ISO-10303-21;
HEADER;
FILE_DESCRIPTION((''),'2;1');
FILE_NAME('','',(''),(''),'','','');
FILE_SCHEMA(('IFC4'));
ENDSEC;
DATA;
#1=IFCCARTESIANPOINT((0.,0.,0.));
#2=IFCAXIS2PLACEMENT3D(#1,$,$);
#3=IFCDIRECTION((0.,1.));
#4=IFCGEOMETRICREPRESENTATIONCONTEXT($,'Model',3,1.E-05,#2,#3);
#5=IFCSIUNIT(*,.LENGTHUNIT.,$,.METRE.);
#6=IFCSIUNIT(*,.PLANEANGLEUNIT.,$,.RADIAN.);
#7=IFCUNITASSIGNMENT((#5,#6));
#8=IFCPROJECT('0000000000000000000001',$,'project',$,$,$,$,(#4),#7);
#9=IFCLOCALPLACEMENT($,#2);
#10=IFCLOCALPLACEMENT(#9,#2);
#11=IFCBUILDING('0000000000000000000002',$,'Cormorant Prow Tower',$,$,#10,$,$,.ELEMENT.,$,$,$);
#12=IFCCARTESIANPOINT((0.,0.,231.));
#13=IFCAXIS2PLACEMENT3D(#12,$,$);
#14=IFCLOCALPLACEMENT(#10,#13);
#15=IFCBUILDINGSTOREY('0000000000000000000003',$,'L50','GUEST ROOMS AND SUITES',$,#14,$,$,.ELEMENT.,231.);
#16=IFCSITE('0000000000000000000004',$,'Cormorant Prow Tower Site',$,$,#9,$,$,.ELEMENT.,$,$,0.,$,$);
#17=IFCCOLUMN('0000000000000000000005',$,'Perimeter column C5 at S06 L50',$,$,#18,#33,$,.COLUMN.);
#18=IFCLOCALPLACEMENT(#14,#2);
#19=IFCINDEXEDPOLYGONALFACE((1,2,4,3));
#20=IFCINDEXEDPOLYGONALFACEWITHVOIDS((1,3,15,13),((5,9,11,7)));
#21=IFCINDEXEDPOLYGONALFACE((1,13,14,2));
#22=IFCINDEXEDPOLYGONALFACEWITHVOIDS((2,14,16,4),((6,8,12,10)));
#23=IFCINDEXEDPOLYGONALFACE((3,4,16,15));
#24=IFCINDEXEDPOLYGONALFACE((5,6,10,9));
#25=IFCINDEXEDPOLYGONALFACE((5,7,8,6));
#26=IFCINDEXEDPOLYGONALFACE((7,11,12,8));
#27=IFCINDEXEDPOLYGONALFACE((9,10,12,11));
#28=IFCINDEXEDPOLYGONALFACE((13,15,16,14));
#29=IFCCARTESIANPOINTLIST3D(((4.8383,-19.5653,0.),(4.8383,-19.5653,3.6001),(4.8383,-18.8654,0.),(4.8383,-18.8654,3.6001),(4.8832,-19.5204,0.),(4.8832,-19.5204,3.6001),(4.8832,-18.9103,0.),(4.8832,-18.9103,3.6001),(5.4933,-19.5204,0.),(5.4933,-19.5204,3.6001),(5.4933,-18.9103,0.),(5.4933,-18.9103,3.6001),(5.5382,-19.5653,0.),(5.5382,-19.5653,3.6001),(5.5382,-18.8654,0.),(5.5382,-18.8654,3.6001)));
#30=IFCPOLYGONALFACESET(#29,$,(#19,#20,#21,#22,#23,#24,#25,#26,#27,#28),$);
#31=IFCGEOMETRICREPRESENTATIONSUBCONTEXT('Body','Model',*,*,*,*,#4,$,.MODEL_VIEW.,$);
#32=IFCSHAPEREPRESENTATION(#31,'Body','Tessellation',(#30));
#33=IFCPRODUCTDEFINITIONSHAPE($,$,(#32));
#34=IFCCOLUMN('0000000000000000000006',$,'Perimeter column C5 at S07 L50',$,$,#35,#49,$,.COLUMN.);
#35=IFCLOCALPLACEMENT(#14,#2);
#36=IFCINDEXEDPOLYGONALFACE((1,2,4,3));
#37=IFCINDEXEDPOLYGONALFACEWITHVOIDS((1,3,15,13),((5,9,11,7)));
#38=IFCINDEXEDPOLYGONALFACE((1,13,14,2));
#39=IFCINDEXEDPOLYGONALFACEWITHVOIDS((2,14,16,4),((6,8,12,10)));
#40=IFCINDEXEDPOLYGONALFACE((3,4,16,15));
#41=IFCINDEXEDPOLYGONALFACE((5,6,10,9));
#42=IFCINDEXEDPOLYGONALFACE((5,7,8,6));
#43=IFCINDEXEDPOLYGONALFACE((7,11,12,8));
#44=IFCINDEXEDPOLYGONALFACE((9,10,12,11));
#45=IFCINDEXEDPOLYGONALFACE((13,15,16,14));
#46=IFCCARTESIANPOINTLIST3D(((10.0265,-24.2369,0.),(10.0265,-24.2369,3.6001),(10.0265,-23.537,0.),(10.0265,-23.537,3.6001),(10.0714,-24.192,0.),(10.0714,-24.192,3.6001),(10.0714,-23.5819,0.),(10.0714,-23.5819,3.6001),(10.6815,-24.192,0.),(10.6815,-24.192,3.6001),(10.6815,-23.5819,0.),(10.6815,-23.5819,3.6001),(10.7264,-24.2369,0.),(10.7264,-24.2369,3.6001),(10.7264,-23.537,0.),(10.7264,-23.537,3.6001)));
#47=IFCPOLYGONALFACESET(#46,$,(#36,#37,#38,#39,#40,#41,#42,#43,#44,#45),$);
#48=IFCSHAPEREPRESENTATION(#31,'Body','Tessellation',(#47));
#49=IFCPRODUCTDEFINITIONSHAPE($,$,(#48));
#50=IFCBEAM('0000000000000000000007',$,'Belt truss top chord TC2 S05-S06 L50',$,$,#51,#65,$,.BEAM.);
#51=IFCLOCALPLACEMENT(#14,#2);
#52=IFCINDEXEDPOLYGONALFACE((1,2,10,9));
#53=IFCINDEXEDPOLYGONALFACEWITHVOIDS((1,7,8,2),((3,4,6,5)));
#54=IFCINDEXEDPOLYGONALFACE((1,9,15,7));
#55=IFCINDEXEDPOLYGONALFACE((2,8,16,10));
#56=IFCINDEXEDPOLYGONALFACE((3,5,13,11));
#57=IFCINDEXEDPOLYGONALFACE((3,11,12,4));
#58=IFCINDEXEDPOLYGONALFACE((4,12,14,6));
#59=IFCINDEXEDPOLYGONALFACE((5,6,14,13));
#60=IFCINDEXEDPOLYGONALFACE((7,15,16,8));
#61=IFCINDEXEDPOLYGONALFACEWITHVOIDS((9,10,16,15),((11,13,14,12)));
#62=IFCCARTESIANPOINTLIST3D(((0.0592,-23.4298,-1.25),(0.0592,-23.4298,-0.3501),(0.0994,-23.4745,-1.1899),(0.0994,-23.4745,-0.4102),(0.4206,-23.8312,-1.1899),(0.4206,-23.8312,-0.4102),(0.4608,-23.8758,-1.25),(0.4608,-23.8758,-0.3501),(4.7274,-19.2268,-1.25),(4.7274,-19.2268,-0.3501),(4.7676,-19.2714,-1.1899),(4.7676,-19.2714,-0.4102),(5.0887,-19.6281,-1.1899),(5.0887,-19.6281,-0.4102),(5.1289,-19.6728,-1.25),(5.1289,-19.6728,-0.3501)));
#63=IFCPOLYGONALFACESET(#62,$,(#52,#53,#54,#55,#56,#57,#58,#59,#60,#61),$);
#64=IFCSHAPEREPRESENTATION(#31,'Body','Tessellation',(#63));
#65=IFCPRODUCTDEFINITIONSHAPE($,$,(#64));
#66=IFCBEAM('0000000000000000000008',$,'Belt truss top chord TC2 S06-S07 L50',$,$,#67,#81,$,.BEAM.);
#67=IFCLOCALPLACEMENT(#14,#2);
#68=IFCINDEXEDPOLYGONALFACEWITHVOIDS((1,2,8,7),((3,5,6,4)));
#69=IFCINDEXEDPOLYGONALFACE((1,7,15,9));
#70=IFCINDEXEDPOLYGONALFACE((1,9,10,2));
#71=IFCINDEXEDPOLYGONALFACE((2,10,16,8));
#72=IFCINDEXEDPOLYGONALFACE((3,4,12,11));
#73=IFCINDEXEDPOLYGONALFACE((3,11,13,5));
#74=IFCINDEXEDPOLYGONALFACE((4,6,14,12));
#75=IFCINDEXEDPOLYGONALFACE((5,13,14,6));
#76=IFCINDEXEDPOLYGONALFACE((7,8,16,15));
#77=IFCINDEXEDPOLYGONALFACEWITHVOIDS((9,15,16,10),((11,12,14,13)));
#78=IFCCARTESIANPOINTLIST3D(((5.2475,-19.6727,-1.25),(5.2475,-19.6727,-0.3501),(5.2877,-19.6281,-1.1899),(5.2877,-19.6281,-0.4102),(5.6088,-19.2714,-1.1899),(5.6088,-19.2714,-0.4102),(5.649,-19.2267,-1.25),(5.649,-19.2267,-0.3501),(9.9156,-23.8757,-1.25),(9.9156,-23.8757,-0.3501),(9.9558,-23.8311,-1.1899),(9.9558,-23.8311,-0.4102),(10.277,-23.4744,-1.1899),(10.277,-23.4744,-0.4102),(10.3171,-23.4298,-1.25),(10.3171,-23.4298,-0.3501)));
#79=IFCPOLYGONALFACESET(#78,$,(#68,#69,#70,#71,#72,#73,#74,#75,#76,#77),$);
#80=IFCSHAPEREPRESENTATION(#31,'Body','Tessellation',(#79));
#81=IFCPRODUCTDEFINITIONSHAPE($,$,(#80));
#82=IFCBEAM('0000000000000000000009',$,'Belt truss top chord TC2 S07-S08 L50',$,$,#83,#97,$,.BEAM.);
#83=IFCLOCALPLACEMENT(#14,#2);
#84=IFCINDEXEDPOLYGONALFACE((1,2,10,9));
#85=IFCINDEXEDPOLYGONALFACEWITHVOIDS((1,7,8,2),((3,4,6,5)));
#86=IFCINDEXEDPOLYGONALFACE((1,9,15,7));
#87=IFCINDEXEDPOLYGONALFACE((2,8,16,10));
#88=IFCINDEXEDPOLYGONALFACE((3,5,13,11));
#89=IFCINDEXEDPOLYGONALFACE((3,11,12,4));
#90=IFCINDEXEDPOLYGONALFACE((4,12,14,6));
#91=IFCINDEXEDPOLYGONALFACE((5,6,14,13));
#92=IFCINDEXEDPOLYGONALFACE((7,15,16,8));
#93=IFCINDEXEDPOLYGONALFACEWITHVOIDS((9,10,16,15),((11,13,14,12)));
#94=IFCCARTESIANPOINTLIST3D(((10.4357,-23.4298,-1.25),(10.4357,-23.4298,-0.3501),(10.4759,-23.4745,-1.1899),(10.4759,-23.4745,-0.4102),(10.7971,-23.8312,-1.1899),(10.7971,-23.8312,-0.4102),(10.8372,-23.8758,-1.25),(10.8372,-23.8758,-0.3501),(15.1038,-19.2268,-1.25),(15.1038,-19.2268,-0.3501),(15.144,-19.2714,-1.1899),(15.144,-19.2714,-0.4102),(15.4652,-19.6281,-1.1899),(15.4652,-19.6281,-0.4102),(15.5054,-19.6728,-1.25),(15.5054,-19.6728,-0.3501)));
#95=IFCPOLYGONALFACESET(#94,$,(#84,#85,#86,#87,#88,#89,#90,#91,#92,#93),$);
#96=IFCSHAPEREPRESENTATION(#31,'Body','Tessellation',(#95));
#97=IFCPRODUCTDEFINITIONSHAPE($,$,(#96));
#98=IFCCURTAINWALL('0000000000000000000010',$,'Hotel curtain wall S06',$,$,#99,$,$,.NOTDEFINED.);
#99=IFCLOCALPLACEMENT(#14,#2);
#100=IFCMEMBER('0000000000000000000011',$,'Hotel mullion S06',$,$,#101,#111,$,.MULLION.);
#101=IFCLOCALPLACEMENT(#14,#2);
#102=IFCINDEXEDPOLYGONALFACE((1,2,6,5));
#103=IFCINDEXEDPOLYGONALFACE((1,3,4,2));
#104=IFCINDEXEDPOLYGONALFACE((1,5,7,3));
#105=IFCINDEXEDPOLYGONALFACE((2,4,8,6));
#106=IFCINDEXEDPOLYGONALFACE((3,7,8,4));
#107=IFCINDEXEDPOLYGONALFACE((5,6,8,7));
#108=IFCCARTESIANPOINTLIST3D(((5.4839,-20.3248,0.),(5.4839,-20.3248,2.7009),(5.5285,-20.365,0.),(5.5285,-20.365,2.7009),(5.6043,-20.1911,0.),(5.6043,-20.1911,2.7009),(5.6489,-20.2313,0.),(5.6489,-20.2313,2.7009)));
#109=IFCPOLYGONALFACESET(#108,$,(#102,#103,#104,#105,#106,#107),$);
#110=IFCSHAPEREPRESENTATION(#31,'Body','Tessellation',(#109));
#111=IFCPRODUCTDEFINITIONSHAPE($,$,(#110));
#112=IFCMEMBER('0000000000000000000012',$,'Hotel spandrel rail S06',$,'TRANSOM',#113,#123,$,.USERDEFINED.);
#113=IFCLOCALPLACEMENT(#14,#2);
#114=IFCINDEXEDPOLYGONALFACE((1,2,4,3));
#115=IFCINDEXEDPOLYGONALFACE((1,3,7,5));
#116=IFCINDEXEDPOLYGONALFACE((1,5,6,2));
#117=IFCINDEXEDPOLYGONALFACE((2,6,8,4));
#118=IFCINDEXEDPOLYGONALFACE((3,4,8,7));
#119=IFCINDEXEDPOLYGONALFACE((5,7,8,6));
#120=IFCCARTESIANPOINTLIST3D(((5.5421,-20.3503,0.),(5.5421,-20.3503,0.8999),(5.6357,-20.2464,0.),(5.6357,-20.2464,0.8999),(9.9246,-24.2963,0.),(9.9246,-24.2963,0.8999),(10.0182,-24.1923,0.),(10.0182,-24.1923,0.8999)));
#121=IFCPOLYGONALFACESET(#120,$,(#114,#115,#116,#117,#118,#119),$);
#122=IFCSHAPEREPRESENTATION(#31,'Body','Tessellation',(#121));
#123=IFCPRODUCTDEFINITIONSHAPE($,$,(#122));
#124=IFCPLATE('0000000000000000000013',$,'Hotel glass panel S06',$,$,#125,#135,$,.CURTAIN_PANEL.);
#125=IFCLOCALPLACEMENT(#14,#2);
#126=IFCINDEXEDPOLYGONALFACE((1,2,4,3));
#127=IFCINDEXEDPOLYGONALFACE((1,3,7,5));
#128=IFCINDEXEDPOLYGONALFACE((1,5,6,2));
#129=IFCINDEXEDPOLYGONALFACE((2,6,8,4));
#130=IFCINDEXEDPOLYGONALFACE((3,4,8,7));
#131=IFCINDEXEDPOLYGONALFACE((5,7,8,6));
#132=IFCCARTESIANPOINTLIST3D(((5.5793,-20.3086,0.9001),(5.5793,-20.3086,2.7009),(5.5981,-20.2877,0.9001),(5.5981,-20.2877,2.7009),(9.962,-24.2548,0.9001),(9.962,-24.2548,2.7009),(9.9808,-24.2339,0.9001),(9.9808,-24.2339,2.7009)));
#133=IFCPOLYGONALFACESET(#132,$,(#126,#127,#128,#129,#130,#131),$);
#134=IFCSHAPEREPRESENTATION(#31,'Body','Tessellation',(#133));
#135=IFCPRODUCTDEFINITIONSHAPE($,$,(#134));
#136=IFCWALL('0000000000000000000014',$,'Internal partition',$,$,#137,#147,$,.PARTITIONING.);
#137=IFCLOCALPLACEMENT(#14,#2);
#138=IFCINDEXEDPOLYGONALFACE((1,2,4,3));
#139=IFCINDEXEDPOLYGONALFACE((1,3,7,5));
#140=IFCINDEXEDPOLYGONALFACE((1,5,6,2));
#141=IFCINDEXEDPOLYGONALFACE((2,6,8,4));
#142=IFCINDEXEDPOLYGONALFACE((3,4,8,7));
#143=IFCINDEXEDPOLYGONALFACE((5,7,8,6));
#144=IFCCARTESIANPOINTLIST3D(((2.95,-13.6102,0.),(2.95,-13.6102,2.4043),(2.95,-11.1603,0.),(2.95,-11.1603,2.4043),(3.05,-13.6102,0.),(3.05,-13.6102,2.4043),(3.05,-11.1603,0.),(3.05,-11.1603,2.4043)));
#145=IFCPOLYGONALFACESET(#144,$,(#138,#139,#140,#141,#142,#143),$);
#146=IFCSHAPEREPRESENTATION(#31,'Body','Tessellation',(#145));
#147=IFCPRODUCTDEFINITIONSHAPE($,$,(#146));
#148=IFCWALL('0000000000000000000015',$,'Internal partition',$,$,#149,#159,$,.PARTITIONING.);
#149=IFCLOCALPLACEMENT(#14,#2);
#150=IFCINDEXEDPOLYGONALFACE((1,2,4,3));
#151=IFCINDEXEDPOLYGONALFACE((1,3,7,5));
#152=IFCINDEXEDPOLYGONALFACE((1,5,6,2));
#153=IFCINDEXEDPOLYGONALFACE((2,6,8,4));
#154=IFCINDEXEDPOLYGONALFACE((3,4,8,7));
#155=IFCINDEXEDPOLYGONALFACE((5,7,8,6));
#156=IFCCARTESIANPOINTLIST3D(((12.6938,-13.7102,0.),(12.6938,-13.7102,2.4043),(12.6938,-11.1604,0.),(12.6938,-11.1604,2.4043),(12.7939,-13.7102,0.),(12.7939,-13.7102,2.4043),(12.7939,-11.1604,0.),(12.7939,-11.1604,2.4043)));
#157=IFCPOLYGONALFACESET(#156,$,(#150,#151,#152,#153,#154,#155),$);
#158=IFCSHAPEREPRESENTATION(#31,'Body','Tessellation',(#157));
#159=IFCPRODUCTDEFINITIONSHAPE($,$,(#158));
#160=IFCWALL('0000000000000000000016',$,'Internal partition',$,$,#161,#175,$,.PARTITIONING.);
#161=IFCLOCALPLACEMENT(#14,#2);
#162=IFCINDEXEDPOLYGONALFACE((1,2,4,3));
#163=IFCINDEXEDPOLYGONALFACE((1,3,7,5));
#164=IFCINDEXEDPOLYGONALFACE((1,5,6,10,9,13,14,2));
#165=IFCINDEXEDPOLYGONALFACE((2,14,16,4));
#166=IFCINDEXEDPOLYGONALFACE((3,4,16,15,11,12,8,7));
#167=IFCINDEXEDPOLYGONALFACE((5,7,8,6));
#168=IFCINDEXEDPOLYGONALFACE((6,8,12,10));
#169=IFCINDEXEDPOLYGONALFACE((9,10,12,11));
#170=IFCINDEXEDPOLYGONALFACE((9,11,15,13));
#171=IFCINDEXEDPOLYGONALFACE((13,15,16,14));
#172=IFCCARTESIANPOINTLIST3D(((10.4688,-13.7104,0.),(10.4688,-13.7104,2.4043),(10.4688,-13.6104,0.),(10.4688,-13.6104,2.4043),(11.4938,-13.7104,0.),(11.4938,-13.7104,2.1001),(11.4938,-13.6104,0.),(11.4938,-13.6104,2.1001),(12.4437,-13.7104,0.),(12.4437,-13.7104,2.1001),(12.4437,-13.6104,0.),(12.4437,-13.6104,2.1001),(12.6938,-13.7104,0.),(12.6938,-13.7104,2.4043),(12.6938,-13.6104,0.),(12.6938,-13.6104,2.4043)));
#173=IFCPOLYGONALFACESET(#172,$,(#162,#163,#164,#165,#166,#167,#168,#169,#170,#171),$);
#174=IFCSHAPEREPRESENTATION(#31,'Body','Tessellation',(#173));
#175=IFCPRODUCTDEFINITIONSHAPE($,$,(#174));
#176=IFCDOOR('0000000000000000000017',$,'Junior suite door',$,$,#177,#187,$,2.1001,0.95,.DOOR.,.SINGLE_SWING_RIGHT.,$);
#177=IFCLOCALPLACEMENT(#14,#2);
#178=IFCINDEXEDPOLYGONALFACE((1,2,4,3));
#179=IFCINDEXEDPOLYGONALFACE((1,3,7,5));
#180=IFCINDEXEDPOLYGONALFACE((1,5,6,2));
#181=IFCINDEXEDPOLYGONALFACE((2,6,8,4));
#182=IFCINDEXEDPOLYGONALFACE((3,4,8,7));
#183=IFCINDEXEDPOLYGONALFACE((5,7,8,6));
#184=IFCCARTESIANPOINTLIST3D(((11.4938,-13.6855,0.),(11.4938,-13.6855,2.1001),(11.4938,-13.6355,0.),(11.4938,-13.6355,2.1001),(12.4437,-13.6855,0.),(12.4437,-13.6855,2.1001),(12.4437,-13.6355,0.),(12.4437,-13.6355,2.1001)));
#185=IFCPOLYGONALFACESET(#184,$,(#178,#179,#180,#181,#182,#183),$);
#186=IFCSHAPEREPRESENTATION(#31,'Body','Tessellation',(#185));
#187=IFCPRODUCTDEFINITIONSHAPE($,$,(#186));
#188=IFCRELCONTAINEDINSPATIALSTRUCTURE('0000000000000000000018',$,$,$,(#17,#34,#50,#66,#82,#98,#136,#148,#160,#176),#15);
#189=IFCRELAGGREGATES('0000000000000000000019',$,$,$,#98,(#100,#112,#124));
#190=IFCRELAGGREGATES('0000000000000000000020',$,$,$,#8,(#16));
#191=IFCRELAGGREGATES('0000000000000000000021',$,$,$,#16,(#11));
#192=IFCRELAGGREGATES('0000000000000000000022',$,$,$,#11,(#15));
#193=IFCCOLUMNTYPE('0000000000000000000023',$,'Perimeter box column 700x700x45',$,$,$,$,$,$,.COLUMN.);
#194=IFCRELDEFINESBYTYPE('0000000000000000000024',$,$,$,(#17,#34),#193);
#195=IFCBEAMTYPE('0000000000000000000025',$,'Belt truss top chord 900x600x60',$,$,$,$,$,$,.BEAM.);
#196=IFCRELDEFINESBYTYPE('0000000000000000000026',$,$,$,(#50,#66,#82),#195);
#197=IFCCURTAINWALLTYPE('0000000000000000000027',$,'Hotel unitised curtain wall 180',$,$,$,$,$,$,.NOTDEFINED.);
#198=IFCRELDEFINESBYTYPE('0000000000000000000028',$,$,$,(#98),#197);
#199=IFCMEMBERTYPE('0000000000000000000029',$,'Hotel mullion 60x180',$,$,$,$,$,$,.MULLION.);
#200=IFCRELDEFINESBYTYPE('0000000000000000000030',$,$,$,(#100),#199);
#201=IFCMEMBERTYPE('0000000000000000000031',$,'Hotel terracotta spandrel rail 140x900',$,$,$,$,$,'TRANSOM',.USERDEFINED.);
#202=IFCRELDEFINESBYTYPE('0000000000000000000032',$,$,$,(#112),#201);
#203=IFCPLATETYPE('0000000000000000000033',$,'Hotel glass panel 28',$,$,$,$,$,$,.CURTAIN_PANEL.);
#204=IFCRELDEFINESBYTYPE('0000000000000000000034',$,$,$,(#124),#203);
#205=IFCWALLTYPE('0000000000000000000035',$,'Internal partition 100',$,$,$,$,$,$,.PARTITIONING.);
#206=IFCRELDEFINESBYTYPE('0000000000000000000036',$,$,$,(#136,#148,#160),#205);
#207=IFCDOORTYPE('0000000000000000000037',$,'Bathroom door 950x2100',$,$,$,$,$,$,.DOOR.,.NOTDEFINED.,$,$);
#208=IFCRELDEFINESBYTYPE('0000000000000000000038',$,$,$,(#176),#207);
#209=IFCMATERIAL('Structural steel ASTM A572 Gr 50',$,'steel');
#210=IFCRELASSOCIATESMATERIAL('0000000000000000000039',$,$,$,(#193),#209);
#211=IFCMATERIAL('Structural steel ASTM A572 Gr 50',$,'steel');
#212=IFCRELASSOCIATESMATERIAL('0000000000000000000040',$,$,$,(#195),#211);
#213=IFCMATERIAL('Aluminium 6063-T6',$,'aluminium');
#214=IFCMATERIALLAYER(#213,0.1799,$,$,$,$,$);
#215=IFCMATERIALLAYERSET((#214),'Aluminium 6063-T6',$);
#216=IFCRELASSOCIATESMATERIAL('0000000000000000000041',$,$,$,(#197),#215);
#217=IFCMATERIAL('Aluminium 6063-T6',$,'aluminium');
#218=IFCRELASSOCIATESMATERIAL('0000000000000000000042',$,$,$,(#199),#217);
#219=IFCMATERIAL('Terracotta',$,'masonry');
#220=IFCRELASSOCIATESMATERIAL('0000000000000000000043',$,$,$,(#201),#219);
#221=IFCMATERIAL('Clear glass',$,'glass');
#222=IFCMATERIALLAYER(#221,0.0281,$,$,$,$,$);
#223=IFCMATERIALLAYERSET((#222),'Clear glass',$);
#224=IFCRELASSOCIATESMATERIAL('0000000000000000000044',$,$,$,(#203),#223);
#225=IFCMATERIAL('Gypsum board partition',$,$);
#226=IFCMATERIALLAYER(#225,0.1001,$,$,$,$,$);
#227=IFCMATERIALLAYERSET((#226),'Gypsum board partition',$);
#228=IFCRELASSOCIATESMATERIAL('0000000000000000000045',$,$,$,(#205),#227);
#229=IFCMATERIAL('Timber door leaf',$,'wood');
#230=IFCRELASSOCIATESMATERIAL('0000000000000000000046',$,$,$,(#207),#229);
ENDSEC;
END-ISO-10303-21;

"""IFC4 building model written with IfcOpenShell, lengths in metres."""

from ifc_helpers import new_model, si_unit, direction, frame, frame_2d, origin, origin_2d, place, context, subcontext, project, spatial, rectangle, hollow_rectangle, extrude, material, layer, layer_set, material_profile, profile_set, type_object, element, fill, aggregate, save


model = new_model("IFC4")

# Units and contexts
model_context = context("Model", 3, precision=1e-05, world=origin(), true_north=direction((0.0, 1.0)))
body_context = subcontext(model_context, "Body", "Model", "MODEL_VIEW")
ifc_project = project(units=[si_unit("LENGTHUNIT", "METRE"), si_unit("PLANEANGLEUNIT", "RADIAN")], contexts=[model_context])

# Site, building, storey
site_placement = place(None, origin())
site = spatial("IfcSite", under=ifc_project, at=site_placement, Name="Cormorant Prow Tower Site", CompositionType="ELEMENT", RefElevation=0.0)
building_placement = place(site_placement, origin())
building = spatial("IfcBuilding", under=site, at=building_placement, Name="Cormorant Prow Tower", CompositionType="ELEMENT")
storey_placement = place(building_placement, frame((0.0, 0.0, 231.0)))
storey = spatial("IfcBuildingStorey", under=building, at=storey_placement, Name="L50", Description="GUEST ROOMS AND SUITES", CompositionType="ELEMENT", Elevation=231.0)

# Columns
ifc_material_1 = material(Name="Structural steel ASTM A572 Gr 50", Category="steel")
ifc_material_profile_1 = material_profile(ifc_material_1, hollow_rectangle(XDim=0.7, YDim=0.7, WallThickness=0.0449, at=origin_2d()), Name="Box 700x700x45")
ifc_profile_set_1 = profile_set([ifc_material_profile_1], Name="Structural steel ASTM A572 Gr 50")
column_type = type_object("IfcColumnType", Name="Perimeter box column 700x700x45", PredefinedType="COLUMN", material=ifc_profile_set_1)
for number, where, z_axis, x_axis, name in (
    (1, (5.1882, -19.2153, 0.0), (0.0, 0.0, 1.0), (1.0, 0.0, 0.0), "Perimeter column C5 at S06 L50"),
    (2, (10.3765, -23.887, 0.0), (0.0, 0.0, 1.0), (1.0, 0.0, 0.0), "Perimeter column C5 at S07 L50"),
):
    element("IfcColumn", number, at=place(storey_placement, frame(where, z_axis=z_axis, x_axis=x_axis)), inside=storey, type_object=column_type, Name=name, PredefinedType="COLUMN", context=body_context, shape_type="SweptSolid", body=[
        extrude(hollow_rectangle(XDim=0.7, YDim=0.7, WallThickness=0.0449, at=origin_2d()), origin(), (0.0, 0.0, 1.0), 3.6001),
    ])

# Beams
ifc_material_2 = material(Name="Structural steel ASTM A572 Gr 50", Category="steel")
ifc_material_profile_2 = material_profile(ifc_material_2, hollow_rectangle(XDim=0.6001, YDim=0.8999, WallThickness=0.0601, at=origin_2d()), Name="Box 900x600x60")
ifc_profile_set_2 = profile_set([ifc_material_profile_2], Name="Structural steel ASTM A572 Gr 50")
beam_type = type_object("IfcBeamType", Name="Belt truss top chord 900x600x60", PredefinedType="BEAM", material=ifc_profile_set_2)
for number, where, z_axis, x_axis, name in (
    (3, (0.26, -23.6528, -0.8), (0.743157, 0.669117, 0.0), (-0.669117, 0.743157, 0.0), "Belt truss top chord TC2 S05-S06 L50"),
    (4, (5.4482, -19.4497, -0.8), (0.743157, -0.669117, 0.0), (0.669117, 0.743157, 0.0), "Belt truss top chord TC2 S06-S07 L50"),
    (5, (10.6365, -23.6528, -0.8), (0.743157, 0.669117, 0.0), (-0.669117, 0.743157, 0.0), "Belt truss top chord TC2 S07-S08 L50"),
):
    element("IfcBeam", number, at=place(storey_placement, frame(where, z_axis=z_axis, x_axis=x_axis)), inside=storey, type_object=beam_type, Name=name, PredefinedType="BEAM", context=body_context, shape_type="SweptSolid", body=[
        extrude(hollow_rectangle(XDim=0.6001, YDim=0.8999, WallThickness=0.0601, at=origin_2d()), origin(), (0.0, 0.0, 1.0), 6.2815),
    ])

# Curtain wall, members, plate
ifc_material_3 = material(Name="Aluminium 6063-T6", Category="aluminium")
ifc_layer_1 = layer(ifc_material_3, 0.1799)
ifc_layer_set_1 = layer_set([ifc_layer_1], Name="Aluminium 6063-T6")
curtain_wall_type = type_object("IfcCurtainWallType", Name="Hotel unitised curtain wall 180", PredefinedType="NOTDEFINED", material=ifc_layer_set_1)
curtain_wall_placement = place(storey_placement, origin())
curtain_wall = element("IfcCurtainWall", 6, at=curtain_wall_placement, inside=storey, type_object=curtain_wall_type, Name="Hotel curtain wall S06", PredefinedType="NOTDEFINED")
ifc_material_4 = material(Name="Aluminium 6063-T6", Category="aluminium")
ifc_material_profile_3 = material_profile(ifc_material_4, rectangle(XDim=0.1799, YDim=0.0601, at=origin_2d()), Name="Hotel mullion 60x180")
ifc_profile_set_3 = profile_set([ifc_material_profile_3], Name="Aluminium 6063-T6")
member_type_1 = type_object("IfcMemberType", Name="Hotel mullion 60x180", PredefinedType="MULLION", material=ifc_profile_set_3)
member_1_placement = place(storey_placement, frame((5.5664, -20.2781, 0.0), z_axis=(0.0, 0.0, 1.0), x_axis=(0.669131, 0.743145, 0.0)))
member_1 = element("IfcMember", 7, at=member_1_placement, type_object=member_type_1, Name="Hotel mullion S06", PredefinedType="MULLION", context=body_context, shape_type="SweptSolid", body=[
    extrude(rectangle(XDim=0.1799, YDim=0.0601, at=origin_2d()), origin(), (0.0, 0.0, 1.0), 2.7009),
])
ifc_material_5 = material(Name="Terracotta", Category="masonry")
ifc_material_profile_4 = material_profile(ifc_material_5, rectangle(XDim=0.1399, YDim=0.8999, at=origin_2d()), Name="Hotel terracotta spandrel rail 140x900")
ifc_profile_set_4 = profile_set([ifc_material_profile_4], Name="Terracotta")
member_type_2 = type_object("IfcMemberType", Name="Hotel terracotta spandrel rail 140x900", ElementType="TRANSOM", PredefinedType="USERDEFINED", material=ifc_profile_set_4)
member_2_placement = place(storey_placement, frame((5.5889, -20.2983, 0.45), z_axis=(0.743148, -0.669127, 0.0), x_axis=(0.669127, 0.743148, 0.0)))
member_2 = element("IfcMember", 8, at=member_2_placement, type_object=member_type_2, Name="Hotel spandrel rail S06", ObjectType="TRANSOM", PredefinedType="USERDEFINED", context=body_context, shape_type="SweptSolid", body=[
    extrude(rectangle(XDim=0.1399, YDim=0.8999, at=origin_2d()), origin(), (0.0, 0.0, 1.0), 5.8972),
])
ifc_material_6 = material(Name="Clear glass", Category="glass")
ifc_layer_2 = layer(ifc_material_6, 0.0281)
ifc_layer_set_2 = layer_set([ifc_layer_2], Name="Clear glass")
plate_type = type_object("IfcPlateType", Name="Hotel glass panel 28", PredefinedType="CURTAIN_PANEL", material=ifc_layer_set_2)
plate_placement = place(storey_placement, frame((7.78, -22.2712, 0.9001), z_axis=(0.0, 0.0, 1.0), x_axis=(0.743145, -0.669131, 0.0)))
plate = element("IfcPlate", 9, at=plate_placement, type_object=plate_type, Name="Hotel glass panel S06", PredefinedType="CURTAIN_PANEL", context=body_context, shape_type="SweptSolid", body=[
    extrude(rectangle(XDim=5.8975, YDim=0.0281, at=origin_2d()), origin(), (0.0, 0.0, 1.0), 1.8008),
])
aggregate(curtain_wall, [member_1, member_2, plate])

# Walls
ifc_material_7 = material(Name="Gypsum board partition")
ifc_layer_3 = layer(ifc_material_7, 0.1001)
ifc_layer_set_3 = layer_set([ifc_layer_3], Name="Gypsum board partition")
wall_type_1 = type_object("IfcWallType", Name="Internal partition 100", PredefinedType="PARTITIONING", material=ifc_layer_set_3)
wall_1_placement = place(storey_placement, frame((3.0, -13.6104, 0.0), z_axis=(0.0, 0.0, 1.0), x_axis=(0.0, 1.0, 0.0)))
element("IfcWall", 10, at=wall_1_placement, inside=storey, type_object=wall_type_1, Name="Internal partition", PredefinedType="PARTITIONING", context=body_context, shape_type="SweptSolid", body=[
    extrude(rectangle(XDim=2.45, YDim=0.1001, at=frame_2d((1.2251, 0.0))), origin(), (0.0, 0.0, 1.0), 2.4043),
])
wall_2_placement = place(storey_placement, frame((12.7439, -13.7102, 0.0), z_axis=(0.0, 0.0, 1.0), x_axis=(0.0, 1.0, 0.0)))
element("IfcWall", 11, at=wall_2_placement, inside=storey, type_object=wall_type_1, Name="Internal partition", PredefinedType="PARTITIONING", context=body_context, shape_type="SweptSolid", body=[
    extrude(rectangle(XDim=2.5498, YDim=0.1001, at=frame_2d((1.2749, 0.0))), origin(), (0.0, 0.0, 1.0), 2.4043),
])

# Wall, opening, door
wall_3_placement = place(storey_placement, frame((10.4688, -13.6604, 0.0), z_axis=(0.0, 0.0, 1.0), x_axis=(1.0, 0.0, 0.0)))
wall_3 = element("IfcWall", 12, at=wall_3_placement, inside=storey, type_object=wall_type_1, Name="Internal partition", PredefinedType="PARTITIONING", context=body_context, shape_type="SweptSolid", body=[
    extrude(rectangle(XDim=2.2251, YDim=0.1001, at=frame_2d((1.1125, 0.0))), origin(), (0.0, 0.0, 1.0), 2.4043),
])
opening_1_placement = place(wall_3_placement, frame((1.0249, 0.0, 0.0)))
opening_1 = element("IfcOpeningElement", 13, at=opening_1_placement, cuts=wall_3, PredefinedType="OPENING", context=body_context, shape_type="SweptSolid", body=[
    extrude(rectangle(XDim=0.95, YDim=2.1001, at=frame_2d((0.4751, 1.05))), frame((0.0, 0.0601, 0.0), z_axis=(0.0, -1.0, 0.0), x_axis=(1.0, 0.0, 0.0)), (0.0, 0.0, 1.0), 0.1201),
])
ifc_material_8 = material(Name="Timber door leaf", Category="wood")
door_type_1 = type_object("IfcDoorType", Name="Bathroom door 950x2100", OperationType="NOTDEFINED", PredefinedType="DOOR", material=ifc_material_8)
door_1_placement = place(opening_1_placement, origin())
door_1 = element("IfcDoor", 14, at=door_1_placement, inside=storey, type_object=door_type_1, Name="Junior suite door", OperationType="SINGLE_SWING_RIGHT", OverallHeight=2.1001, OverallWidth=0.95, PredefinedType="DOOR", context=body_context, shape_type="SweptSolid", body=[
    extrude(rectangle(XDim=0.95, YDim=2.1001, at=frame_2d((0.4751, 1.05))), frame((0.0, 0.0249, 0.0), z_axis=(0.0, -1.0, 0.0), x_axis=(1.0, 0.0, 0.0)), (0.0, 0.0, 1.0), 0.05),
])
fill(opening_1, door_1)

save(model, "model.ifc")
